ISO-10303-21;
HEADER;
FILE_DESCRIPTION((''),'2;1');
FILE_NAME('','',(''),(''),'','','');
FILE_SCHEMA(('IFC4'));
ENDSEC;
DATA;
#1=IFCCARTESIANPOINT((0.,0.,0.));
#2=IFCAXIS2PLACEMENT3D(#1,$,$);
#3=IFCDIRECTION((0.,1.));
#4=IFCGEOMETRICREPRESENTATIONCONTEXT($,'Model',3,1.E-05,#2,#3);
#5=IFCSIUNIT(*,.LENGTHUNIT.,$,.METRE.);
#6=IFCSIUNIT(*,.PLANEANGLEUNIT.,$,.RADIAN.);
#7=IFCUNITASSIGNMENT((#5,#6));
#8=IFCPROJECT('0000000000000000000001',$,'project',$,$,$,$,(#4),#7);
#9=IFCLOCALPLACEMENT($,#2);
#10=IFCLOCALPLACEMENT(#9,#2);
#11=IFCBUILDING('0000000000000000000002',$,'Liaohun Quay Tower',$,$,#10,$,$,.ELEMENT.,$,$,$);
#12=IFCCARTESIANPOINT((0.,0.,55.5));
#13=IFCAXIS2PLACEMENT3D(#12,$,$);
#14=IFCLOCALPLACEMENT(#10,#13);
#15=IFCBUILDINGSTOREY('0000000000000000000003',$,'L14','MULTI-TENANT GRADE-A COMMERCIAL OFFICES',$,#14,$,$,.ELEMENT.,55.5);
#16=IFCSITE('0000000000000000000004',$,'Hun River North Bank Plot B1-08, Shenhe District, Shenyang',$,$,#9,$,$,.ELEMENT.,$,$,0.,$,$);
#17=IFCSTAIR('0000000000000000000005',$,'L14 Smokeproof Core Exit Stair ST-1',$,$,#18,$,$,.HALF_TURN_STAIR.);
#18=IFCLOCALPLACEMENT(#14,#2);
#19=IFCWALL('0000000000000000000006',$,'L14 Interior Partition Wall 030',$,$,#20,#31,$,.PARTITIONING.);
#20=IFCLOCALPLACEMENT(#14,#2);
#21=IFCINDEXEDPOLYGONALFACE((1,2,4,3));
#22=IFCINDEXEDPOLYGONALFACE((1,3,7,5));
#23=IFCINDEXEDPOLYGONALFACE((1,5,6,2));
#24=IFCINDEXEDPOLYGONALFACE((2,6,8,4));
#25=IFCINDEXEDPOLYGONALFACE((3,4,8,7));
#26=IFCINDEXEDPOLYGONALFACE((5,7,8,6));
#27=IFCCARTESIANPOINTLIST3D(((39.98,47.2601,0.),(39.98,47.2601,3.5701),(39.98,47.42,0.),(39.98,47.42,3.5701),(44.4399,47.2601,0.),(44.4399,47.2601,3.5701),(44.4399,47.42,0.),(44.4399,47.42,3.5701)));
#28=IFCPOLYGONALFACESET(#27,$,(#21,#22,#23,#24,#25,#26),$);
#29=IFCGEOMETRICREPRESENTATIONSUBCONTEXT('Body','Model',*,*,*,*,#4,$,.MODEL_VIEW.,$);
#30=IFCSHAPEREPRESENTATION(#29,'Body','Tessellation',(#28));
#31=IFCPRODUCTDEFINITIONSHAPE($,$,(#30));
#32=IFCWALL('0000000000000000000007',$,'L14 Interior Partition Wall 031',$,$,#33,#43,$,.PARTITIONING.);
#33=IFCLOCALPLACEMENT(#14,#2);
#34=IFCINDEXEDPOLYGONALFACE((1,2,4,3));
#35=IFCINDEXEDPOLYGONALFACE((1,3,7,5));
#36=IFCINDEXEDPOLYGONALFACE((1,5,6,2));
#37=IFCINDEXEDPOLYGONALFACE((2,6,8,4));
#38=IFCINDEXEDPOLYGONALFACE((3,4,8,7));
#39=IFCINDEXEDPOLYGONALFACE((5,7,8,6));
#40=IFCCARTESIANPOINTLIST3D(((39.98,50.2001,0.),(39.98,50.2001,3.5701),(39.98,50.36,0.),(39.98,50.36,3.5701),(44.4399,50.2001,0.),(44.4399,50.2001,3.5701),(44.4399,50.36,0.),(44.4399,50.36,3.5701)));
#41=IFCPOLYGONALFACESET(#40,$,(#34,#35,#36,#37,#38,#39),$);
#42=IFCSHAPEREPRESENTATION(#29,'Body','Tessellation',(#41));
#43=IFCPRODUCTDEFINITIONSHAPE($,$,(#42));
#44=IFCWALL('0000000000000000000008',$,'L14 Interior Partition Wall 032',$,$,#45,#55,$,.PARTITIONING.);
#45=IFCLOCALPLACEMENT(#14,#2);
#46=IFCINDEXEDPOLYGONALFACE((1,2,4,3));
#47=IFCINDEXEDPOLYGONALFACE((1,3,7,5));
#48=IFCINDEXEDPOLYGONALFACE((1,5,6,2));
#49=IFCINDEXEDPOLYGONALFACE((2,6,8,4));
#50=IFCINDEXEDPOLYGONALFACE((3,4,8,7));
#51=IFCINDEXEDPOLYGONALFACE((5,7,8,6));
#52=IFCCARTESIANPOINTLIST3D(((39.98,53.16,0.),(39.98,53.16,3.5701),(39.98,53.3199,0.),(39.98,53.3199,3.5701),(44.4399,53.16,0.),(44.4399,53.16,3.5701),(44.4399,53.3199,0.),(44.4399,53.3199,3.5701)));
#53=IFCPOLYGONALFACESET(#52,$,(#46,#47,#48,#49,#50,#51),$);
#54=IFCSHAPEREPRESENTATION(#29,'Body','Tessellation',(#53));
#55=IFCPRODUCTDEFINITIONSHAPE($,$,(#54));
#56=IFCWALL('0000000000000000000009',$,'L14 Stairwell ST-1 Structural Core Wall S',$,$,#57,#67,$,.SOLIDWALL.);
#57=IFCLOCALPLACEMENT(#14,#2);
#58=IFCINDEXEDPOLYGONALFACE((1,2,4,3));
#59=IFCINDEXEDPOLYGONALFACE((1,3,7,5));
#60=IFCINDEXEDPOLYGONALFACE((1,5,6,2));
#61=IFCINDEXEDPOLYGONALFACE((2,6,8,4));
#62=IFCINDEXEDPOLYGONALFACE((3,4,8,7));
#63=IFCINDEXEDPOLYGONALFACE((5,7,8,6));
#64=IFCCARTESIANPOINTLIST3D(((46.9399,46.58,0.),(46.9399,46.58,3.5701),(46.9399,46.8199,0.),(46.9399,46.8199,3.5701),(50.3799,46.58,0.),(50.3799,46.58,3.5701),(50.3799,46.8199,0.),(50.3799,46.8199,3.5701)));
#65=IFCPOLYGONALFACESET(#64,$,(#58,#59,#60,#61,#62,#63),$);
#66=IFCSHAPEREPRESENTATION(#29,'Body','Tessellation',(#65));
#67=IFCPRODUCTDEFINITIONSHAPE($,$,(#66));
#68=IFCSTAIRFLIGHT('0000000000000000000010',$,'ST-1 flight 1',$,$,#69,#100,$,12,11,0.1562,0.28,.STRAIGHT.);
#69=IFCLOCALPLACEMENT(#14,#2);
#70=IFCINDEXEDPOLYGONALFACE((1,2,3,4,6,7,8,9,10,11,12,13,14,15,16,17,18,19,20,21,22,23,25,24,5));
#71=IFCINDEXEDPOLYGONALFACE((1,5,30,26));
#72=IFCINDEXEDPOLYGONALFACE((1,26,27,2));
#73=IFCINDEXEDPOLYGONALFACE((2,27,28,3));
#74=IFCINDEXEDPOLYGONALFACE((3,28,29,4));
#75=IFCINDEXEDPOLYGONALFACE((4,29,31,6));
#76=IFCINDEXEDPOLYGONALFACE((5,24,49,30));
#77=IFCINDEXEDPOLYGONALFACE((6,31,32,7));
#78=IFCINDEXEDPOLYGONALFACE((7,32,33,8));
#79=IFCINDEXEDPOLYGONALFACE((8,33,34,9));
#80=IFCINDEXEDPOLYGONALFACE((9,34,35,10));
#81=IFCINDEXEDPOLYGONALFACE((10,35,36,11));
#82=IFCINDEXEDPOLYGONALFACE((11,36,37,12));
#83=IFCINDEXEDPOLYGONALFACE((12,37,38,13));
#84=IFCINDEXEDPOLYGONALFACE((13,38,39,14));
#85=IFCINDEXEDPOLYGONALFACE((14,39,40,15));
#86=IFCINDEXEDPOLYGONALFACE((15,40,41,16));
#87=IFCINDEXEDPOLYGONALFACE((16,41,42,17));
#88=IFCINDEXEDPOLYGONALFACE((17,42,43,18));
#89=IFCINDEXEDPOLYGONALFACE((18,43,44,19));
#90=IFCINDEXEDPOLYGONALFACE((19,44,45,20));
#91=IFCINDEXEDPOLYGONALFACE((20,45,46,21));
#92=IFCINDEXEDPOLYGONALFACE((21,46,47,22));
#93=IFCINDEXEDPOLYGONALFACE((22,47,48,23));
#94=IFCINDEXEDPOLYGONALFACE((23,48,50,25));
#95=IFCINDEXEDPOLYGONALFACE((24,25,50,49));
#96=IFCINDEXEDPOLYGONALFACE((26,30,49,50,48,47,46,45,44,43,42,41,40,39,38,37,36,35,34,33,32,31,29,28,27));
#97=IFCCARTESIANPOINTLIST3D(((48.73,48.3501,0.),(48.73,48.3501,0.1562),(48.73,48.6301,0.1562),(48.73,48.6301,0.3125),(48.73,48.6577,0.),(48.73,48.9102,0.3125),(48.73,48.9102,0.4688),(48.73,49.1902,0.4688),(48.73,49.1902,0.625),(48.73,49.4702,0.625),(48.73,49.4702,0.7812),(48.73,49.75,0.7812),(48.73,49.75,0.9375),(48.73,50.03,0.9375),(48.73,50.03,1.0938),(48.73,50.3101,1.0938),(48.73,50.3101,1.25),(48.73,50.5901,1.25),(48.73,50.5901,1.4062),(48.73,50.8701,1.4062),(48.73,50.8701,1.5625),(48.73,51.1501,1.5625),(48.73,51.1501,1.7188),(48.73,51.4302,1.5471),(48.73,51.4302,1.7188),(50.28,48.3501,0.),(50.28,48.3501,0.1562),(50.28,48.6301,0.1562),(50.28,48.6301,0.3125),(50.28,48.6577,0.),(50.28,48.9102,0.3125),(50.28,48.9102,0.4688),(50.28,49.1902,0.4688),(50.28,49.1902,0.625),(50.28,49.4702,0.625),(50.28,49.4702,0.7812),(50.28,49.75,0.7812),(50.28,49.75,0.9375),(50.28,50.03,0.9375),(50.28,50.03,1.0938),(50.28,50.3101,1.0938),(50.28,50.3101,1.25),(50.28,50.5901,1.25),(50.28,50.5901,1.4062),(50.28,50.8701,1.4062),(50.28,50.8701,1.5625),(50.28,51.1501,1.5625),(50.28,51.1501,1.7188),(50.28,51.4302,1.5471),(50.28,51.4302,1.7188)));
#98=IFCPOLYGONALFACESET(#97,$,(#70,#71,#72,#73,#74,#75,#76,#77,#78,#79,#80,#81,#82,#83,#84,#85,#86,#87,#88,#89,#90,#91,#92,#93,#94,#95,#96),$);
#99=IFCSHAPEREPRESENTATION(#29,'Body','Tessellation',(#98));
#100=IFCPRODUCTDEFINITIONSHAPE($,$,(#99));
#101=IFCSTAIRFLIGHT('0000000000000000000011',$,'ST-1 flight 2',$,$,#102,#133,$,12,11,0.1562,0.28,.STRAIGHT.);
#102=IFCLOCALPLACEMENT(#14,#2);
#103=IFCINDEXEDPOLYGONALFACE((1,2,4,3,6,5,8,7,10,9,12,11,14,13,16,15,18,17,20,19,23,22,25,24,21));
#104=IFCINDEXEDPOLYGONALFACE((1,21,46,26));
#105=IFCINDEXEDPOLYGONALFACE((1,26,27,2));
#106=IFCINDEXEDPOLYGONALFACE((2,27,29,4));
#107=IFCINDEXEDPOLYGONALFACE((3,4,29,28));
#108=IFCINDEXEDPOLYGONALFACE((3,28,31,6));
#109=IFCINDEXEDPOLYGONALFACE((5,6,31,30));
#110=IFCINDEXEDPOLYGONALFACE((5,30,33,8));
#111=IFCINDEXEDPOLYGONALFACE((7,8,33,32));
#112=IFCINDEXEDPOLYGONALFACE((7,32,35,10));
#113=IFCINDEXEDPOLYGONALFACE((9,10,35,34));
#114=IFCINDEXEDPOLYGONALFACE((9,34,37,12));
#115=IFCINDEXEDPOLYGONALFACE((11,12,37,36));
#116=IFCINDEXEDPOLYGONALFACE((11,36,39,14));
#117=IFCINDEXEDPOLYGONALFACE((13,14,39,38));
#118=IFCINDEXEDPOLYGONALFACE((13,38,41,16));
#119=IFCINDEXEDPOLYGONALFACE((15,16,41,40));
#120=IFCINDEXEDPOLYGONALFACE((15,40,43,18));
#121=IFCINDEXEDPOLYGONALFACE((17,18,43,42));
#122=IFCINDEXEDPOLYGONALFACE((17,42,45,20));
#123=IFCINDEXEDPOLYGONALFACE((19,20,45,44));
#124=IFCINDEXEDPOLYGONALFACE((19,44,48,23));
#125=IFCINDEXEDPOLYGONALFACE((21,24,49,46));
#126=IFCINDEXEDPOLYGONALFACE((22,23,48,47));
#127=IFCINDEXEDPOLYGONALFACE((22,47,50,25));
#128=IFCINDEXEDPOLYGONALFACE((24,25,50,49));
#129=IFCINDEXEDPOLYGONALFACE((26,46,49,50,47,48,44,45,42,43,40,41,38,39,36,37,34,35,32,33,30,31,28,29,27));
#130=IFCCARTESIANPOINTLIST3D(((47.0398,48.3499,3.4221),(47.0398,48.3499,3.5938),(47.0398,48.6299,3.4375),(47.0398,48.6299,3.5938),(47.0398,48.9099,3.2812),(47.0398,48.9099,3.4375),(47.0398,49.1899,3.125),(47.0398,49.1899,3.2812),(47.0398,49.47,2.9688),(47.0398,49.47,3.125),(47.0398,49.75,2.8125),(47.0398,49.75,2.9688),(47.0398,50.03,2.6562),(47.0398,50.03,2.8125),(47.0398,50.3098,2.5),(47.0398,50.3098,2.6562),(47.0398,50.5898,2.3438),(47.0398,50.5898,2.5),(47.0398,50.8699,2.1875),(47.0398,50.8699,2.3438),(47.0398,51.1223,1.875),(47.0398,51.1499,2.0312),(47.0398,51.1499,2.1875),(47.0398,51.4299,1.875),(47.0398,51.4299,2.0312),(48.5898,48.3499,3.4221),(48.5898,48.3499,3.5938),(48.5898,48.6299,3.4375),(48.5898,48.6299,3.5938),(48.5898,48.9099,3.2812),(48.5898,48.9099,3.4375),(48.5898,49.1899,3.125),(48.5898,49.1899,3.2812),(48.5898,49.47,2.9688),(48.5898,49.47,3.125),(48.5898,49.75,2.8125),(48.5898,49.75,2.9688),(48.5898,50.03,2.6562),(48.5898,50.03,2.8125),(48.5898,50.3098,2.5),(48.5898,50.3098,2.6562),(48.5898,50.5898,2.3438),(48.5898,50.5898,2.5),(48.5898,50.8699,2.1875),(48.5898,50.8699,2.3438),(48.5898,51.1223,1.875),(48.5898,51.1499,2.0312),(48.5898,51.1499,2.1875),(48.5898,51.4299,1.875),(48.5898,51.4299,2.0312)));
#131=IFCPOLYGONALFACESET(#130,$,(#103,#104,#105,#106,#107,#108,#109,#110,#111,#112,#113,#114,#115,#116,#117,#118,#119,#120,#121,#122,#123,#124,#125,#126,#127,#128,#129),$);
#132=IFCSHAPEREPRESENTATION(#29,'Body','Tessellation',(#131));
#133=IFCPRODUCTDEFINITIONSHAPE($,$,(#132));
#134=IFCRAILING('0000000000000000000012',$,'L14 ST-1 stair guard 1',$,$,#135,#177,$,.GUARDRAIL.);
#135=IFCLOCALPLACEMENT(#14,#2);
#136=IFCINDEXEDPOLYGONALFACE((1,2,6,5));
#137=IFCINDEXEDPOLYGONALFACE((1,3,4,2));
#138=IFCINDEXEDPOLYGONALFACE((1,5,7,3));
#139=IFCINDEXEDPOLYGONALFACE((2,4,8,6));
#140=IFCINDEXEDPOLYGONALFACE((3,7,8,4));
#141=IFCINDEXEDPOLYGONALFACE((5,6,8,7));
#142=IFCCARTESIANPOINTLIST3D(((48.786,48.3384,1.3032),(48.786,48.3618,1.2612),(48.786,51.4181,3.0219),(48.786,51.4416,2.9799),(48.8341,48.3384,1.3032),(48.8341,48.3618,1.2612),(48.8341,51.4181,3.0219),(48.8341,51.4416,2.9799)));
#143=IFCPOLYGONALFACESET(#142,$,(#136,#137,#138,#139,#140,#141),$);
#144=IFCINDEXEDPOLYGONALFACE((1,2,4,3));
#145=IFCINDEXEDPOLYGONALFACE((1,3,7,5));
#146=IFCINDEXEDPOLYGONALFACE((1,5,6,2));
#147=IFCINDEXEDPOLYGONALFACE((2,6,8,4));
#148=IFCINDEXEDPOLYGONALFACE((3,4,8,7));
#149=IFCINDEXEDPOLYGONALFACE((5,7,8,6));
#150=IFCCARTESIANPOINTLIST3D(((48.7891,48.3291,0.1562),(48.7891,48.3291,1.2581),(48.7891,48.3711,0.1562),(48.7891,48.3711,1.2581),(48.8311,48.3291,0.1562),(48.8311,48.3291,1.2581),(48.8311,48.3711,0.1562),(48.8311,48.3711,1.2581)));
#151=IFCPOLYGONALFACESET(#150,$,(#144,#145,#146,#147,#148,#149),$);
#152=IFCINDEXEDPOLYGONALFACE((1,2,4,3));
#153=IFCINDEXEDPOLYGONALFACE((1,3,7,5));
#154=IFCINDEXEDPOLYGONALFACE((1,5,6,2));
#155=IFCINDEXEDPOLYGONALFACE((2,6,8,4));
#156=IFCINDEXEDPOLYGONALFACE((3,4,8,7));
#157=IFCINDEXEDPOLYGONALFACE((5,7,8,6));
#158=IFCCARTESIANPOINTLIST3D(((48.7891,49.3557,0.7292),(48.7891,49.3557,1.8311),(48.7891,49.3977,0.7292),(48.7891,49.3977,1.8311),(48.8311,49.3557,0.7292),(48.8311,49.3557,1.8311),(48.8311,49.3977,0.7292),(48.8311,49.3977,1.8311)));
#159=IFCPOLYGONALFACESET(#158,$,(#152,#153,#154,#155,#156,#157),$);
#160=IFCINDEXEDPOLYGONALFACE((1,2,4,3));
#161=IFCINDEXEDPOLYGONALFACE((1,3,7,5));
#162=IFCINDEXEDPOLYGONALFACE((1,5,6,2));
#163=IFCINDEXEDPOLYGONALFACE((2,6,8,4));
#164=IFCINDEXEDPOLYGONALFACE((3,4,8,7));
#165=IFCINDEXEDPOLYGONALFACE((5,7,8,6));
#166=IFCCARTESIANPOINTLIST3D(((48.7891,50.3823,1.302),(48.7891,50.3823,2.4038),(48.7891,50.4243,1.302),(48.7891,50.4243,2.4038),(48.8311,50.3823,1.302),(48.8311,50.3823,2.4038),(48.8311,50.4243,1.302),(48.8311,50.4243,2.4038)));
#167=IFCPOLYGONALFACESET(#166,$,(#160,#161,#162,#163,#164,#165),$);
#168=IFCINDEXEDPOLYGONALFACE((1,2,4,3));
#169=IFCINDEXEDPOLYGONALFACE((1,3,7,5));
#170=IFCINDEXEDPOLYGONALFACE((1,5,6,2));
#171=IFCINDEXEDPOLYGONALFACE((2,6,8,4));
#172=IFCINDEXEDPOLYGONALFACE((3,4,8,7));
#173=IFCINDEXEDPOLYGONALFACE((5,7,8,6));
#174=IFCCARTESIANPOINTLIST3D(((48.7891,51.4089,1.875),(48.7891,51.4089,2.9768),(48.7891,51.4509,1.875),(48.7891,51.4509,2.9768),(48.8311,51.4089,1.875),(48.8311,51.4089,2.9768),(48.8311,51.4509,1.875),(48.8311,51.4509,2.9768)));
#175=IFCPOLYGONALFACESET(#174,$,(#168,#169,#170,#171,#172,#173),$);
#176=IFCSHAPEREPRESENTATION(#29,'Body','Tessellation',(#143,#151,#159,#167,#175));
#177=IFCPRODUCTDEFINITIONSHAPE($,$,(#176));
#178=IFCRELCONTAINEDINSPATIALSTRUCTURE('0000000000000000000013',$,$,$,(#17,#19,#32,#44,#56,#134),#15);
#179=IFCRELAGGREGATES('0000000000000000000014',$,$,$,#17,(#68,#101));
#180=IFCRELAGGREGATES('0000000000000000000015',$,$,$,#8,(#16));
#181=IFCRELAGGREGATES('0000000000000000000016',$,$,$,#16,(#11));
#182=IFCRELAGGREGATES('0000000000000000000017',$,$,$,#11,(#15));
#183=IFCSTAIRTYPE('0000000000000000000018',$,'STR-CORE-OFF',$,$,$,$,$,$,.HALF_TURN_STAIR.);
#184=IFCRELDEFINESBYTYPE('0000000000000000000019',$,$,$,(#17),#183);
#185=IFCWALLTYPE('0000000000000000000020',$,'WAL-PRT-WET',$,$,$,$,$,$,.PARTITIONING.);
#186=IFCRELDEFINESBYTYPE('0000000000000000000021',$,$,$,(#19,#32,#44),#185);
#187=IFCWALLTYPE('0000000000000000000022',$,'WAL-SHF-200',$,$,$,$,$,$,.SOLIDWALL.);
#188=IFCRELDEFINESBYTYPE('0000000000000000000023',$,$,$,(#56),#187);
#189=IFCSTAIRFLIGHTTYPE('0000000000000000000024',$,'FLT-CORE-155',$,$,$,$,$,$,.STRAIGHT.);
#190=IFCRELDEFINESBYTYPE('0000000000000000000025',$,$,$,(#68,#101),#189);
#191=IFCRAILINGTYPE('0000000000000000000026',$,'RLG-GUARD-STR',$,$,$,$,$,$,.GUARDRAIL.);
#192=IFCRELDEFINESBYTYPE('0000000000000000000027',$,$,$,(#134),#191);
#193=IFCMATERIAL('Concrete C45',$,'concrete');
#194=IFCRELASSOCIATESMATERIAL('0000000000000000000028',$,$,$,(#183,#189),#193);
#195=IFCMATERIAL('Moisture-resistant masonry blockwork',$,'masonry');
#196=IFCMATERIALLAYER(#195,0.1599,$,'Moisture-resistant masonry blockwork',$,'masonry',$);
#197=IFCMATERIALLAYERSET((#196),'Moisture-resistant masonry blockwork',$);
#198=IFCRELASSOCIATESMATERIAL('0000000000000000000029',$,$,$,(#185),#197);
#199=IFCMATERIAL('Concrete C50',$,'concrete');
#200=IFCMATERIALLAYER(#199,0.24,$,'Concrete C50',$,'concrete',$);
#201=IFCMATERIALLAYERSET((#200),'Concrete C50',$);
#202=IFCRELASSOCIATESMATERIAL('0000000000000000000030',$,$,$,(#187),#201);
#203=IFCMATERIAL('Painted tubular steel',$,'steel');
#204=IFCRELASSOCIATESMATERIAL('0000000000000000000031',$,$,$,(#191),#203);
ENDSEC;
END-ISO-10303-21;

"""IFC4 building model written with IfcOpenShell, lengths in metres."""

from ifc_helpers import new_model, si_unit, direction, frame, frame_2d, origin, origin_2d, place, context, subcontext, project, spatial, polyline, rectangle, outline, extrude, material, layer, layer_set, type_object, element, aggregate, save


model = new_model("IFC4")

# Units and contexts
model_context = context("Model", 3, precision=1e-05, world=origin(), true_north=direction((0.0, 1.0)))
body_context = subcontext(model_context, "Body", "Model", "MODEL_VIEW")
ifc_project = project(units=[si_unit("LENGTHUNIT", "METRE"), si_unit("PLANEANGLEUNIT", "RADIAN")], contexts=[model_context])

# Site, building, storey
site_placement = place(None, origin())
site = spatial("IfcSite", under=ifc_project, at=site_placement, Name="Hun River North Bank Plot B1-08, Shenhe District, Shenyang", CompositionType="ELEMENT", RefElevation=0.0)
building_placement = place(site_placement, origin())
building = spatial("IfcBuilding", under=site, at=building_placement, Name="Liaohun Quay Tower", CompositionType="ELEMENT")
storey_placement = place(building_placement, frame((0.0, 0.0, 55.5)))
storey = spatial("IfcBuildingStorey", under=building, at=storey_placement, Name="L14", Description="MULTI-TENANT GRADE-A COMMERCIAL OFFICES", CompositionType="ELEMENT", Elevation=55.5)

# Stair
ifc_material_1 = material(Name="Concrete C45", Category="concrete")
stair_type = type_object("IfcStairType", Name="STR-CORE-OFF", PredefinedType="HALF_TURN_STAIR", material=ifc_material_1)
stair_1_placement = place(storey_placement, origin())
stair_1 = element("IfcStair", 1, at=stair_1_placement, inside=storey, type_object=stair_type, Name="L14 Smokeproof Core Exit Stair ST-1", PredefinedType="HALF_TURN_STAIR")

# Shared definitions
ifc_material_2 = material(Name="Moisture-resistant masonry blockwork", Category="masonry")
ifc_layer_1 = layer(ifc_material_2, 0.1599, Name="Moisture-resistant masonry blockwork", Category="masonry")
ifc_layer_set_1 = layer_set([ifc_layer_1], Name="Moisture-resistant masonry blockwork")
wall_type_1 = type_object("IfcWallType", Name="WAL-PRT-WET", PredefinedType="PARTITIONING", material=ifc_layer_set_1)

# Walls
for number, where, z_axis, x_axis, name in (
    (2, (39.98, 47.3401, 0.0), (0.0, 0.0, 1.0), (1.0, 0.0, 0.0), "L14 Interior Partition Wall 030"),
    (3, (39.98, 50.28, 0.0), (0.0, 0.0, 1.0), (1.0, 0.0, 0.0), "L14 Interior Partition Wall 031"),
    (4, (39.98, 53.24, 0.0), (0.0, 0.0, 1.0), (1.0, 0.0, 0.0), "L14 Interior Partition Wall 032"),
):
    element("IfcWall", number, at=place(storey_placement, frame(where, z_axis=z_axis, x_axis=x_axis)), inside=storey, type_object=wall_type_1, Name=name, PredefinedType="PARTITIONING", context=body_context, shape_type="SweptSolid", body=[
        extrude(rectangle(XDim=4.46, YDim=0.1599, at=frame_2d((2.23, 0.0))), origin(), (0.0, 0.0, 1.0), 3.5701),
    ])
ifc_material_3 = material(Name="Concrete C50", Category="concrete")
ifc_layer_2 = layer(ifc_material_3, 0.24, Name="Concrete C50", Category="concrete")
ifc_layer_set_2 = layer_set([ifc_layer_2], Name="Concrete C50")
wall_type_2 = type_object("IfcWallType", Name="WAL-SHF-200", PredefinedType="SOLIDWALL", material=ifc_layer_set_2)
wall_1_placement = place(storey_placement, frame((46.9399, 46.7, 0.0), z_axis=(0.0, 0.0, 1.0), x_axis=(1.0, 0.0, 0.0)))
element("IfcWall", 5, at=wall_1_placement, inside=storey, type_object=wall_type_2, Name="L14 Stairwell ST-1 Structural Core Wall S", PredefinedType="SOLIDWALL", context=body_context, shape_type="SweptSolid", body=[
    extrude(rectangle(XDim=3.4399, YDim=0.24, at=frame_2d((1.72, 0.0))), origin(), (0.0, 0.0, 1.0), 3.5701),
])

# Stair flights
stair_flight_type = type_object("IfcStairFlightType", Name="FLT-CORE-155", PredefinedType="STRAIGHT", material=ifc_material_1)
stair_flight_1_placement = place(storey_placement, frame((49.5049, 48.3501, 0.0), z_axis=(0.0, 0.0, 1.0), x_axis=(0.0, 1.0, 0.0)))
stair_flight_1 = element("IfcStairFlight", 6, at=stair_flight_1_placement, type_object=stair_flight_type, Name="ST-1 flight 1", NumberOfRisers=12, NumberOfTreads=11, PredefinedType="STRAIGHT", RiserHeight=0.1562, TreadLength=0.28, context=body_context, shape_type="SweptSolid", body=[
    extrude(outline(polyline([(0.0, 0.0), (0.0, 0.1562), (0.28, 0.1562), (0.28, 0.3125), (0.5601, 0.3125), (0.5601, 0.4688), (0.8401, 0.4688), (0.8401, 0.625), (1.1201, 0.625), (1.1201, 0.7812), (1.3999, 0.7812), (1.3999, 0.9375), (1.6799, 0.9375), (1.6799, 1.0938), (1.96, 1.0938), (1.96, 1.25), (2.24, 1.25), (2.24, 1.4062), (2.52, 1.4062), (2.52, 1.5625), (2.8, 1.5625), (2.8, 1.7188), (3.0801, 1.7188), (3.0801, 1.875), (3.0801, 1.5471), (0.3076, 0.0), (0.0, 0.0)])), frame((0.0, 0.7749, 0.0), z_axis=(0.0, -1.0, 0.0), x_axis=(1.0, 0.0, 0.0)), (0.0, 0.0, 1.0), 1.55),
])
stair_flight_2_placement = place(storey_placement, frame((47.8149, 51.4299, 1.875), z_axis=(0.0, 0.0, 1.0), x_axis=(0.0, -1.0, 0.0)))
stair_flight_2 = element("IfcStairFlight", 7, at=stair_flight_2_placement, type_object=stair_flight_type, Name="ST-1 flight 2", NumberOfRisers=12, NumberOfTreads=11, PredefinedType="STRAIGHT", RiserHeight=0.1562, TreadLength=0.28, context=body_context, shape_type="SweptSolid", body=[
    extrude(outline(polyline([(0.0, 0.0), (0.0, 0.1562), (0.28, 0.1562), (0.28, 0.3125), (0.5601, 0.3125), (0.5601, 0.4688), (0.8401, 0.4688), (0.8401, 0.625), (1.1201, 0.625), (1.1201, 0.7812), (1.3999, 0.7812), (1.3999, 0.9375), (1.6799, 0.9375), (1.6799, 1.0938), (1.96, 1.0938), (1.96, 1.25), (2.24, 1.25), (2.24, 1.4062), (2.52, 1.4062), (2.52, 1.5625), (2.8, 1.5625), (2.8, 1.7188), (3.0801, 1.7188), (3.0801, 1.875), (3.0801, 1.5471), (0.3076, 0.0), (0.0, 0.0)])), frame((0.0, 0.7749, 0.0), z_axis=(0.0, -1.0, 0.0), x_axis=(1.0, 0.0, 0.0)), (0.0, 0.0, 1.0), 1.55),
])
aggregate(stair_1, [stair_flight_1, stair_flight_2])

# Railing
ifc_material_4 = material(Name="Painted tubular steel", Category="steel")
railing_type_1 = type_object("IfcRailingType", Name="RLG-GUARD-STR", PredefinedType="GUARDRAIL", material=ifc_material_4)
railing_1_placement = place(storey_placement, frame((48.8101, 48.3501, 0.1562)))
element("IfcRailing", 8, at=railing_1_placement, inside=storey, type_object=railing_type_1, Name="L14 ST-1 stair guard 1", PredefinedType="GUARDRAIL", context=body_context, shape_type="SweptSolid", body=[
    extrude(rectangle(XDim=0.0481, YDim=0.0481, at=origin_2d()), frame((0.0, 0.0, 1.126), z_axis=(0.0, 0.873225, 0.487317), x_axis=(-1.0, 0.0, 0.0)), (0.0, 0.0, 1.0), 3.5269),
    extrude(rectangle(XDim=0.042, YDim=0.042, at=origin_2d()), origin(), (0.0, 0.0, 1.0), 1.1018),
    extrude(rectangle(XDim=0.042, YDim=0.042, at=origin_2d()), frame((0.0, 1.0266, 0.573)), (0.0, 0.0, 1.0), 1.1018),
    extrude(rectangle(XDim=0.042, YDim=0.042, at=origin_2d()), frame((0.0, 2.0532, 1.1458)), (0.0, 0.0, 1.0), 1.1018),
    extrude(rectangle(XDim=0.042, YDim=0.042, at=origin_2d()), frame((0.0, 3.0798, 1.7188)), (0.0, 0.0, 1.0), 1.1018),
])

save(model, "model.ifc")
